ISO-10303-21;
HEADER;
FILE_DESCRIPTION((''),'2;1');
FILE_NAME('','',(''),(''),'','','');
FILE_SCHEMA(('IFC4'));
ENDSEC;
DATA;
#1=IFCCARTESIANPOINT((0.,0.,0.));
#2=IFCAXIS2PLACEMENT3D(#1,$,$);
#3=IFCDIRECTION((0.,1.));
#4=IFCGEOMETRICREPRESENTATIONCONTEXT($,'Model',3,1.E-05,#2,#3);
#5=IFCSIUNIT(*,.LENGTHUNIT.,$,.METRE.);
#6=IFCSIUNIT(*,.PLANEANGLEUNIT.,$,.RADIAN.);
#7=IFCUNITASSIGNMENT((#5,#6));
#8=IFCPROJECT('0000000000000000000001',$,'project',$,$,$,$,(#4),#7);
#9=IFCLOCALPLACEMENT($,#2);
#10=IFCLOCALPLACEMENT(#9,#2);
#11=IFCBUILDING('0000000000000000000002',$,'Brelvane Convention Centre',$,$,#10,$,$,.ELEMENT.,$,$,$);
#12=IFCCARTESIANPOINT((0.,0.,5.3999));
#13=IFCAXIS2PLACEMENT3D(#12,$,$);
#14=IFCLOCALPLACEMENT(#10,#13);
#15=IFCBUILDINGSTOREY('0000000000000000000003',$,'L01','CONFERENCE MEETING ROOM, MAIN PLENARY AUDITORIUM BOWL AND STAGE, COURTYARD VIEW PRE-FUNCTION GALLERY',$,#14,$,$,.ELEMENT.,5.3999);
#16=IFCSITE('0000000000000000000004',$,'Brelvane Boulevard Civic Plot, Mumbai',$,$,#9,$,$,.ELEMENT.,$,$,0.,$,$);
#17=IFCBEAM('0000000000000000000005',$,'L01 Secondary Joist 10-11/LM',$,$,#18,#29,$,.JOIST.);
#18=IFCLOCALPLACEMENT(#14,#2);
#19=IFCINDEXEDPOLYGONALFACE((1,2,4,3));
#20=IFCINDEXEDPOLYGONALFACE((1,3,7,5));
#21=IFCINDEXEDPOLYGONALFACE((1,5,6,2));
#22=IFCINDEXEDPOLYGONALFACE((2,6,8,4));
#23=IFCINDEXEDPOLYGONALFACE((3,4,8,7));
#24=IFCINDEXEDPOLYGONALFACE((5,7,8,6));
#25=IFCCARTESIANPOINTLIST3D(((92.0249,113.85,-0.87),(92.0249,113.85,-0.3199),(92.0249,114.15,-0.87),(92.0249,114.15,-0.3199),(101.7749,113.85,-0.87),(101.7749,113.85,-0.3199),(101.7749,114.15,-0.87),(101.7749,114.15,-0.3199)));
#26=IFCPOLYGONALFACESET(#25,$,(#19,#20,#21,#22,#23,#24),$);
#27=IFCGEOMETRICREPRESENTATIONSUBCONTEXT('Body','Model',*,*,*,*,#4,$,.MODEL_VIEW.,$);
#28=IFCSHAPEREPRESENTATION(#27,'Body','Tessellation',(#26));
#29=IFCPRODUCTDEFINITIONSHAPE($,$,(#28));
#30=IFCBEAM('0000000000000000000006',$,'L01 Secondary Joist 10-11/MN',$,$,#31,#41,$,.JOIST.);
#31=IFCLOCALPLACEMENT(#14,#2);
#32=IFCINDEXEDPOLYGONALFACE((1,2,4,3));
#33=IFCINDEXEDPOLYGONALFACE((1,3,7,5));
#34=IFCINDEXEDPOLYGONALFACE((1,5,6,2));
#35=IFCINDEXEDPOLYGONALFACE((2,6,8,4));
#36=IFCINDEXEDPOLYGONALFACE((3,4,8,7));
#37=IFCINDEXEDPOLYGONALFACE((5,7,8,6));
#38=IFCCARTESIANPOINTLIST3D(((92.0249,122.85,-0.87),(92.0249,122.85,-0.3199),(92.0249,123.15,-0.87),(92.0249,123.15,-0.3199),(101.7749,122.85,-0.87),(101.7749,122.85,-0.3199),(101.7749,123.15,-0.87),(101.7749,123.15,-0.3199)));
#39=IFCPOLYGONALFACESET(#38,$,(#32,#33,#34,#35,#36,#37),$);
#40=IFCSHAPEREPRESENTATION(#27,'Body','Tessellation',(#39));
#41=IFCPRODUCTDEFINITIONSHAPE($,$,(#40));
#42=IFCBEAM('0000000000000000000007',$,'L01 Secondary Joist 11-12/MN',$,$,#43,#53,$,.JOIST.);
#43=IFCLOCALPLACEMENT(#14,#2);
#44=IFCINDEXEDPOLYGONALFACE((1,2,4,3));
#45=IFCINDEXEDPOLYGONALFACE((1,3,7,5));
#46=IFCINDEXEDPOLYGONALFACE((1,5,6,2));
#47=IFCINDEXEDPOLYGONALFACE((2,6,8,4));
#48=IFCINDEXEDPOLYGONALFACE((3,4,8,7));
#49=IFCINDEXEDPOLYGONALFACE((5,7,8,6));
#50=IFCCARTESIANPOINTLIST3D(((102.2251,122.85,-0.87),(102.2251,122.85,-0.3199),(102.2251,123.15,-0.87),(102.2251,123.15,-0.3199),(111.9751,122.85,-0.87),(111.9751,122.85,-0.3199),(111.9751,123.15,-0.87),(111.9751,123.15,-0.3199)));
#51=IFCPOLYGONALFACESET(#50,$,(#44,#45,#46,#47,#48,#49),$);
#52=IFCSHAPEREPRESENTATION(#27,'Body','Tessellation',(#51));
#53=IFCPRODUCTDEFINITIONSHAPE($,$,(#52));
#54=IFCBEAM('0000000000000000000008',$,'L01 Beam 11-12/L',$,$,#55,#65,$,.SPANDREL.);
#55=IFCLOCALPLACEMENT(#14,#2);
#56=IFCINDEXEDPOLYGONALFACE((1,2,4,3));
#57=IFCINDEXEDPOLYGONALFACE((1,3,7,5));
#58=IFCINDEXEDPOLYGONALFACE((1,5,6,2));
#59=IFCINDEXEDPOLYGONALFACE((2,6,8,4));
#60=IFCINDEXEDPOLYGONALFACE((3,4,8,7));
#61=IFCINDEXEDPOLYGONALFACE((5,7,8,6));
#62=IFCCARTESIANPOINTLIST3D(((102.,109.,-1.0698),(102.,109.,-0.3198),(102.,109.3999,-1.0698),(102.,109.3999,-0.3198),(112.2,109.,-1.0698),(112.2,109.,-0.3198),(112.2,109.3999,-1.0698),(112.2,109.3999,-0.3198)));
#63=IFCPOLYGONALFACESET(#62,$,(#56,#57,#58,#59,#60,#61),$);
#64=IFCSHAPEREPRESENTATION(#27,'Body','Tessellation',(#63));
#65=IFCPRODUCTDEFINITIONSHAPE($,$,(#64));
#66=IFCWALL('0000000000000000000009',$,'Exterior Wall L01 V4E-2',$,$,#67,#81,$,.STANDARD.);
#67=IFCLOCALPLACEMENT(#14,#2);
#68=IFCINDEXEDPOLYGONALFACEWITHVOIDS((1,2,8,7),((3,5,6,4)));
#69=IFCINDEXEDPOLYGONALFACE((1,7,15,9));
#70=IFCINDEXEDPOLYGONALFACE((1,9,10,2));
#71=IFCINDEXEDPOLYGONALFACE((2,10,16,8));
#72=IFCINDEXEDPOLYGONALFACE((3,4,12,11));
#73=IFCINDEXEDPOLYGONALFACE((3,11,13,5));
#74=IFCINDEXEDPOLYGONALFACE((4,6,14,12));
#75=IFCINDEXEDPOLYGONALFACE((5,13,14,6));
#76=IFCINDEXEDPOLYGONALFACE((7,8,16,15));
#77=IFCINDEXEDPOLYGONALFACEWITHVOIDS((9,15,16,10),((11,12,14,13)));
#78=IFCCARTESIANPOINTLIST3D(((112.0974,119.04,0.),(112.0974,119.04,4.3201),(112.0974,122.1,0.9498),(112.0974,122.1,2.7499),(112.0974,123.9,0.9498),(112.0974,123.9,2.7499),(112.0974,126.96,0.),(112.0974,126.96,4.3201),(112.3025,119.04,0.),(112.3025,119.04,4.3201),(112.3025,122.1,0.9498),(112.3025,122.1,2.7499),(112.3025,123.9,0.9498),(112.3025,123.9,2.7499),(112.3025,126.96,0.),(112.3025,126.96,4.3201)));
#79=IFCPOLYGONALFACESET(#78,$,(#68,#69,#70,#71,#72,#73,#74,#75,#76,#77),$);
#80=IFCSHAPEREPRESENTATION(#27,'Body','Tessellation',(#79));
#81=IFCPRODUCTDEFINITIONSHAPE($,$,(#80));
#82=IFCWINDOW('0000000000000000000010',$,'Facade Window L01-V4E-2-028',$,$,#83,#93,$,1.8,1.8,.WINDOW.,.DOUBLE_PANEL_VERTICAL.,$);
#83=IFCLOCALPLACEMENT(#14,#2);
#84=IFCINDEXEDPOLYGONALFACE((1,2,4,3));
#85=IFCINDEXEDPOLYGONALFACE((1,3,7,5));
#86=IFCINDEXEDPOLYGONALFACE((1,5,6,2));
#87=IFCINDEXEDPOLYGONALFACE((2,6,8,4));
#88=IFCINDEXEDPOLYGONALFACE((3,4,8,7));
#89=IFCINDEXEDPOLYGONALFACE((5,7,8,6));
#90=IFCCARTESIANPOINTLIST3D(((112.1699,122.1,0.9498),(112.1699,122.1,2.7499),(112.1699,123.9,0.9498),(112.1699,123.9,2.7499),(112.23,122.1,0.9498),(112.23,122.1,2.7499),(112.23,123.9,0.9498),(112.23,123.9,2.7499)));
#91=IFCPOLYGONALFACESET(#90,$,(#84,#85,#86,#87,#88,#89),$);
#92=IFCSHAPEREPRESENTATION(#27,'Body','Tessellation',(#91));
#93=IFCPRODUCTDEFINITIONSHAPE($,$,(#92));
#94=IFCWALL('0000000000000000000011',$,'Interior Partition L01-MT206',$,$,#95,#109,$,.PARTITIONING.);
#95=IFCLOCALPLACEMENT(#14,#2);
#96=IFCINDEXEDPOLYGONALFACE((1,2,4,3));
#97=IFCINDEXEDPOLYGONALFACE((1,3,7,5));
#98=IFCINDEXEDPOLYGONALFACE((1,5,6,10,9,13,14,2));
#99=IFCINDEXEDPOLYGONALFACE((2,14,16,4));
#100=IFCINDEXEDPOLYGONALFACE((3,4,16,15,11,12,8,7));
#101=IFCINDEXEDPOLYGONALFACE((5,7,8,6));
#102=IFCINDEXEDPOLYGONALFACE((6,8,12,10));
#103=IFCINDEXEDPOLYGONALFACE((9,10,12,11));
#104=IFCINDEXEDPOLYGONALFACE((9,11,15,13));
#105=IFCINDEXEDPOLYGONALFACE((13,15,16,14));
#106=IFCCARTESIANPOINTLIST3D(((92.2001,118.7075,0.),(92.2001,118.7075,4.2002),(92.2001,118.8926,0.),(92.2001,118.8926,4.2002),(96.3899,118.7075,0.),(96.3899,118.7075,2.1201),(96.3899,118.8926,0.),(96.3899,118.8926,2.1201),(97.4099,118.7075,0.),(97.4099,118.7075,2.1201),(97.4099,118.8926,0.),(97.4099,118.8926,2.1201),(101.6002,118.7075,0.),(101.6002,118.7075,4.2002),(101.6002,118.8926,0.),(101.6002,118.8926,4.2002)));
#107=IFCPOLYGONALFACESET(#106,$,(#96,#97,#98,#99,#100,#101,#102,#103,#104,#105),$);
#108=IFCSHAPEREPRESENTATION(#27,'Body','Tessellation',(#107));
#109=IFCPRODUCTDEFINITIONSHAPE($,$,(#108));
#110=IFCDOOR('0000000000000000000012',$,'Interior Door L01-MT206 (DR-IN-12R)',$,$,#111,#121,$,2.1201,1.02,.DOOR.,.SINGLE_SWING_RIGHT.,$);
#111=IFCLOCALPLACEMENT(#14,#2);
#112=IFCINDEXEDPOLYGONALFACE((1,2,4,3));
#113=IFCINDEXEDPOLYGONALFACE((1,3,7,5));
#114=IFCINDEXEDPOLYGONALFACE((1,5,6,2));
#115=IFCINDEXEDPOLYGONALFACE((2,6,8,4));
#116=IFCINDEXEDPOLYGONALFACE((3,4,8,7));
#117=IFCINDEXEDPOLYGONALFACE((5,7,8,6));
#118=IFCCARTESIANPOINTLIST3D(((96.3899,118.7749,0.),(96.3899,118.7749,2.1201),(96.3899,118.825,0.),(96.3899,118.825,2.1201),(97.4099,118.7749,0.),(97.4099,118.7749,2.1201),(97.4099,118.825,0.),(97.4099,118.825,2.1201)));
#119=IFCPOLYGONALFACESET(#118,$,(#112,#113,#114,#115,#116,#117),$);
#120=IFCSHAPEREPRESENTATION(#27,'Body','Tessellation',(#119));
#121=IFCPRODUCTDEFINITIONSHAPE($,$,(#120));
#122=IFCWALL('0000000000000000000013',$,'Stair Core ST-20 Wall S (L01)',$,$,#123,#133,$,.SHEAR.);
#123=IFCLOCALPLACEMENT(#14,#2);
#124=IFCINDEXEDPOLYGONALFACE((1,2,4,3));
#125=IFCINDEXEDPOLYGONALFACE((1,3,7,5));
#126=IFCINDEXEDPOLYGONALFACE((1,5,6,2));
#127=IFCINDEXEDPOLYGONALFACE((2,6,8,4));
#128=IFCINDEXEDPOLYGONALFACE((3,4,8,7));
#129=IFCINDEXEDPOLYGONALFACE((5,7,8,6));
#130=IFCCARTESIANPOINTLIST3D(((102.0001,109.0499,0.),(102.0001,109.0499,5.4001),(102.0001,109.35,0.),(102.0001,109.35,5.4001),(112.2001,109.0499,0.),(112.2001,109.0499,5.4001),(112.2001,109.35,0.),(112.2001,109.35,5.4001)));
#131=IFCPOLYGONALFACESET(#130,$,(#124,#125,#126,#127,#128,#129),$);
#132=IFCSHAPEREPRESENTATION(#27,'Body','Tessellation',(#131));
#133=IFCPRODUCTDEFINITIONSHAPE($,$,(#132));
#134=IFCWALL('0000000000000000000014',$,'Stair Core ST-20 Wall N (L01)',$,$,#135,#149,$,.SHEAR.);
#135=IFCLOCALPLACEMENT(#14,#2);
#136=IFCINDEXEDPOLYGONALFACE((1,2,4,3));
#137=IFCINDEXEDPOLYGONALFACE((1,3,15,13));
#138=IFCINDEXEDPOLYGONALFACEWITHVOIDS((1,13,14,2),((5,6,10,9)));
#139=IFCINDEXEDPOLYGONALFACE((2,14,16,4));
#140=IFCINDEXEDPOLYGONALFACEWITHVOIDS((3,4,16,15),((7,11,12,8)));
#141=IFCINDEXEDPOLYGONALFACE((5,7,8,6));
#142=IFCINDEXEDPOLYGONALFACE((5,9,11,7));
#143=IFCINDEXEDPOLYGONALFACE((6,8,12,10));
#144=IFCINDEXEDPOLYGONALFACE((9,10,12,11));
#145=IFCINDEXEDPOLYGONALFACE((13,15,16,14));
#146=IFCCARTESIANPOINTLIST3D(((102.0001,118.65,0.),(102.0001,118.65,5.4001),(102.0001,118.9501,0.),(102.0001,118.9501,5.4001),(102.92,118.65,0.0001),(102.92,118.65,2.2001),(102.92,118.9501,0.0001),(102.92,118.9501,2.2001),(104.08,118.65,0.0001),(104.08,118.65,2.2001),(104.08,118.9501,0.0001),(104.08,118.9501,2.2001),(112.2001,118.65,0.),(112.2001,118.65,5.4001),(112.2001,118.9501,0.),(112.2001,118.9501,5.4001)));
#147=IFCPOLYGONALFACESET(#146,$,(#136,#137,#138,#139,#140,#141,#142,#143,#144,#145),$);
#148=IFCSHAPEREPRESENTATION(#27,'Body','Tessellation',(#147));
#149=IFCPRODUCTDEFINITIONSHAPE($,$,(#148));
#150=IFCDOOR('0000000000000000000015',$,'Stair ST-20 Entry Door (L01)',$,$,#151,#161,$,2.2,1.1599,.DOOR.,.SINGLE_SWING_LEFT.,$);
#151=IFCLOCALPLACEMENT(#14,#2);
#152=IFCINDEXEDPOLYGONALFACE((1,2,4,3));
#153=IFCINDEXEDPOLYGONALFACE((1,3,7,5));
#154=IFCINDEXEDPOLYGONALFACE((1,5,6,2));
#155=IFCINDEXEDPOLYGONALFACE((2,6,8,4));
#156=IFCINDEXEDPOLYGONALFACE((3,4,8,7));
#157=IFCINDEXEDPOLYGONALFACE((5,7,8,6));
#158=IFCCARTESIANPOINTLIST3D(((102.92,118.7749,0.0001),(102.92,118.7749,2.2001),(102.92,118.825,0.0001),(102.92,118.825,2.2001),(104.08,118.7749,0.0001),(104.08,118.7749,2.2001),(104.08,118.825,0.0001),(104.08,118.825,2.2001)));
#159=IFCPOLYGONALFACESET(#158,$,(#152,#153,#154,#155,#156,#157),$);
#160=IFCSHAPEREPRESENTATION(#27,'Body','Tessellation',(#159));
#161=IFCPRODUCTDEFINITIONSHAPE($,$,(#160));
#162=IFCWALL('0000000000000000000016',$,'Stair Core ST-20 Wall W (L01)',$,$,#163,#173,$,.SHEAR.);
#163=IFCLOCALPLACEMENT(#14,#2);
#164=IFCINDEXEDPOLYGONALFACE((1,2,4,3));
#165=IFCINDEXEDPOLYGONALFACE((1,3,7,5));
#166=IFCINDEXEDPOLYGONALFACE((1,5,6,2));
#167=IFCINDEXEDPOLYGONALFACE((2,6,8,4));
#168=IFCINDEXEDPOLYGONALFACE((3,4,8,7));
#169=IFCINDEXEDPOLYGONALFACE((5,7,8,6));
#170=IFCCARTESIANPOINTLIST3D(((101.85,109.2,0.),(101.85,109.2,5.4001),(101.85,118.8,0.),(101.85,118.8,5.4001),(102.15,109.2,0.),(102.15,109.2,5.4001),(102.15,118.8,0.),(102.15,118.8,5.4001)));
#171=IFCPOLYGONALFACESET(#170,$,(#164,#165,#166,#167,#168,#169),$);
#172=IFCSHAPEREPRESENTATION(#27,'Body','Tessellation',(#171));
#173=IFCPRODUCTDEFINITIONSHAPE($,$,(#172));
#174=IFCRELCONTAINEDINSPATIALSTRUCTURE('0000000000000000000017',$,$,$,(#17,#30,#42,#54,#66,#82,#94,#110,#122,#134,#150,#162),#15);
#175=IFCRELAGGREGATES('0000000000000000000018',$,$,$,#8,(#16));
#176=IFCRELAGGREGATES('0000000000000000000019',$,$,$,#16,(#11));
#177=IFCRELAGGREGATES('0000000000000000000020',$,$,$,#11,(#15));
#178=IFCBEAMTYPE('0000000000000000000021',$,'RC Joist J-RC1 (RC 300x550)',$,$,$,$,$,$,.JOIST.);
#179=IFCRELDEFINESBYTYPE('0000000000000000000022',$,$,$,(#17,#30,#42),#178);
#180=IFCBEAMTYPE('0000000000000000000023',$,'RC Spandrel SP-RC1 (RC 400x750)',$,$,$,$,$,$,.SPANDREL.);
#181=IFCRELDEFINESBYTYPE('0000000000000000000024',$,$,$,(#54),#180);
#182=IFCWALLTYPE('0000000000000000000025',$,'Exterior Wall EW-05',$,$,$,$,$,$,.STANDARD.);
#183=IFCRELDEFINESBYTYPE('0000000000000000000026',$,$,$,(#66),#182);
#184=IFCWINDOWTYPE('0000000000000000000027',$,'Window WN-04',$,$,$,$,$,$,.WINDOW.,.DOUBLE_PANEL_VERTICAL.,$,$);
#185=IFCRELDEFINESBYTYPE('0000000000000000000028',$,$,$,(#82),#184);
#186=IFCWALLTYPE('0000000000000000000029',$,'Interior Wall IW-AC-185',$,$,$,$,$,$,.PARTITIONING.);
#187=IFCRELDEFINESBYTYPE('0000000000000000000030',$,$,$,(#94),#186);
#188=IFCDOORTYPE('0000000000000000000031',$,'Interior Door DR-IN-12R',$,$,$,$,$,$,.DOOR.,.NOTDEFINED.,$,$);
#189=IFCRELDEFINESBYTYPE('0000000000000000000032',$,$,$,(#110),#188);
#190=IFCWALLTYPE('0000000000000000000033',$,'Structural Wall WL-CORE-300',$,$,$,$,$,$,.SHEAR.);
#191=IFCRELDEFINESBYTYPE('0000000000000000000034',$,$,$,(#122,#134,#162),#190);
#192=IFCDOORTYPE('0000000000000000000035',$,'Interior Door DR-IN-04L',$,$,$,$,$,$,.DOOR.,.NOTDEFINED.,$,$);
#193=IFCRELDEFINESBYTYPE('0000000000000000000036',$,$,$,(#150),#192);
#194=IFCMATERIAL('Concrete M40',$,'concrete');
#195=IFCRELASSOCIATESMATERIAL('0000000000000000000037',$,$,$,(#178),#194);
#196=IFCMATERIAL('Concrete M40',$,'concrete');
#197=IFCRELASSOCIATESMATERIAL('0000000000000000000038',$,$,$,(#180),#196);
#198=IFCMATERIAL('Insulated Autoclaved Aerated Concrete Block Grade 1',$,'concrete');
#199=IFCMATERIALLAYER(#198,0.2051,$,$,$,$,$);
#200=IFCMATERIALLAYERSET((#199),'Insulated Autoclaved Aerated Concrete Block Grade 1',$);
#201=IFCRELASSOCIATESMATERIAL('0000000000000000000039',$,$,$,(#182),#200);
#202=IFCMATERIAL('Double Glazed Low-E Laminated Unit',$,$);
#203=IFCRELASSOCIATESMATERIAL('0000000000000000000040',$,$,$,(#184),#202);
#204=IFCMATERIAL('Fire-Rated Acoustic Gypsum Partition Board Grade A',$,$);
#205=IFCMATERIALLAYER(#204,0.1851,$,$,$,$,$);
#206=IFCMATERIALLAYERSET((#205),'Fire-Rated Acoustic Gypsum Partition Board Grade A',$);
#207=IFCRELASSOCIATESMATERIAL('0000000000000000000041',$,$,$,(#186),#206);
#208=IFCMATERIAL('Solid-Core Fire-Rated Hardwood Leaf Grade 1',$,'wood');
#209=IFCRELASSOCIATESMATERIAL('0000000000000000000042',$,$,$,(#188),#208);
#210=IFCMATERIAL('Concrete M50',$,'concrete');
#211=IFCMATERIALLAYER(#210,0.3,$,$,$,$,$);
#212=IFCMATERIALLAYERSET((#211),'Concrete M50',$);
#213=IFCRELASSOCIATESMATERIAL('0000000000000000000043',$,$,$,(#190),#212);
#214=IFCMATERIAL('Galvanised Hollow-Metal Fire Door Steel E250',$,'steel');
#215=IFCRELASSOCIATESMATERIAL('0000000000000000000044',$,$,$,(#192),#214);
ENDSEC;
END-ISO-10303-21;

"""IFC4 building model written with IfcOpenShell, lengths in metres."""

from ifc_helpers import new_model, si_unit, direction, frame, frame_2d, origin, origin_2d, place, context, subcontext, project, spatial, rectangle, extrude, material, layer, layer_set, material_profile, profile_set, type_object, element, fill, save


model = new_model("IFC4")

# Units and contexts
model_context = context("Model", 3, precision=1e-05, world=origin(), true_north=direction((0.0, 1.0)))
body_context = subcontext(model_context, "Body", "Model", "MODEL_VIEW")
ifc_project = project(units=[si_unit("LENGTHUNIT", "METRE"), si_unit("PLANEANGLEUNIT", "RADIAN")], contexts=[model_context])

# Site, building, storey
site_placement = place(None, origin())
site = spatial("IfcSite", under=ifc_project, at=site_placement, Name="Brelvane Boulevard Civic Plot, Mumbai", CompositionType="ELEMENT", RefElevation=0.0)
building_placement = place(site_placement, origin())
building = spatial("IfcBuilding", under=site, at=building_placement, Name="Brelvane Convention Centre", CompositionType="ELEMENT")
storey_placement = place(building_placement, frame((0.0, 0.0, 5.3999)))
storey = spatial("IfcBuildingStorey", under=building, at=storey_placement, Name="L01", Description="CONFERENCE MEETING ROOM, MAIN PLENARY AUDITORIUM BOWL AND STAGE, COURTYARD VIEW PRE-FUNCTION GALLERY", CompositionType="ELEMENT", Elevation=5.3999)

# Beams
ifc_material_1 = material(Name="Concrete M40", Category="concrete")
ifc_material_profile_1 = material_profile(ifc_material_1, rectangle(XDim=0.3, YDim=0.55, at=origin_2d()), Name="RC 300x550")
ifc_profile_set_1 = profile_set([ifc_material_profile_1], Name="Concrete M40")
beam_type_1 = type_object("IfcBeamType", Name="RC Joist J-RC1 (RC 300x550)", PredefinedType="JOIST", material=ifc_profile_set_1)
for number, where, z_axis, x_axis, name in (
    (1, (92.0249, 114.0, -0.595), (1.0, 0.0, 0.0), (0.0, 1.0, 0.0), "L01 Secondary Joist 10-11/LM"),
    (2, (92.0249, 123.0, -0.595), (1.0, 0.0, 0.0), (0.0, 1.0, 0.0), "L01 Secondary Joist 10-11/MN"),
    (3, (102.2251, 123.0, -0.595), (1.0, 0.0, 0.0), (0.0, 1.0, 0.0), "L01 Secondary Joist 11-12/MN"),
):
    element("IfcBeam", number, at=place(storey_placement, frame(where, z_axis=z_axis, x_axis=x_axis)), inside=storey, type_object=beam_type_1, Name=name, PredefinedType="JOIST", context=body_context, shape_type="SweptSolid", body=[
        extrude(rectangle(XDim=0.3, YDim=0.55, at=origin_2d()), origin(), (0.0, 0.0, 1.0), 9.75),
    ])
ifc_material_2 = material(Name="Concrete M40", Category="concrete")
ifc_material_profile_2 = material_profile(ifc_material_2, rectangle(XDim=0.3999, YDim=0.75, at=origin_2d()), Name="RC 400x750")
ifc_profile_set_2 = profile_set([ifc_material_profile_2], Name="Concrete M40")
beam_type_2 = type_object("IfcBeamType", Name="RC Spandrel SP-RC1 (RC 400x750)", PredefinedType="SPANDREL", material=ifc_profile_set_2)
beam_1_placement = place(storey_placement, frame((102.0, 109.2, -0.6948), z_axis=(1.0, 0.0, 0.0), x_axis=(0.0, 1.0, 0.0)))
element("IfcBeam", 4, at=beam_1_placement, inside=storey, type_object=beam_type_2, Name="L01 Beam 11-12/L", PredefinedType="SPANDREL", context=body_context, shape_type="SweptSolid", body=[
    extrude(rectangle(XDim=0.3999, YDim=0.75, at=origin_2d()), origin(), (0.0, 0.0, 1.0), 10.2),
])

# Wall, opening, window
ifc_material_3 = material(Name="Insulated Autoclaved Aerated Concrete Block Grade 1", Category="concrete")
ifc_layer_1 = layer(ifc_material_3, 0.2051)
ifc_layer_set_1 = layer_set([ifc_layer_1], Name="Insulated Autoclaved Aerated Concrete Block Grade 1")
wall_type_1 = type_object("IfcWallType", Name="Exterior Wall EW-05", PredefinedType="STANDARD", material=ifc_layer_set_1)
wall_1_placement = place(storey_placement, frame((112.2, 119.04, 0.0), z_axis=(0.0, 0.0, 1.0), x_axis=(0.0, 1.0, 0.0)))
wall_1 = element("IfcWall", 5, at=wall_1_placement, inside=storey, type_object=wall_type_1, Name="Exterior Wall L01 V4E-2", PredefinedType="STANDARD", context=body_context, shape_type="SweptSolid", body=[
    extrude(rectangle(XDim=7.9199, YDim=0.2051, at=frame_2d((3.96, 0.0))), origin(), (0.0, 0.0, 1.0), 4.3201),
])
opening_1_placement = place(wall_1_placement, frame((3.0601, 0.0, 0.95)))
opening_1 = element("IfcOpeningElement", 6, at=opening_1_placement, cuts=wall_1, PredefinedType="OPENING", context=body_context, shape_type="SweptSolid", body=[
    extrude(rectangle(XDim=1.8, YDim=1.8, at=frame_2d((0.8999, 0.8999))), frame((0.0, 0.1125, 0.0), z_axis=(0.0, -1.0, 0.0), x_axis=(1.0, 0.0, 0.0)), (0.0, 0.0, 1.0), 0.2251),
])
ifc_material_4 = material(Name="Double Glazed Low-E Laminated Unit")
window_type = type_object("IfcWindowType", Name="Window WN-04", PartitioningType="DOUBLE_PANEL_VERTICAL", PredefinedType="WINDOW", material=ifc_material_4)
window_placement = place(opening_1_placement, origin())
window = element("IfcWindow", 7, at=window_placement, inside=storey, type_object=window_type, Name="Facade Window L01-V4E-2-028", OverallHeight=1.8, OverallWidth=1.8, PartitioningType="DOUBLE_PANEL_VERTICAL", PredefinedType="WINDOW", context=body_context, shape_type="SweptSolid", body=[
    extrude(rectangle(XDim=1.8, YDim=1.8, at=frame_2d((0.8999, 0.8999))), frame((0.0, 0.03, 0.0), z_axis=(0.0, -1.0, 0.0), x_axis=(1.0, 0.0, 0.0)), (0.0, 0.0, 1.0), 0.0601),
])
fill(opening_1, window)

# Wall, opening, door
ifc_material_5 = material(Name="Fire-Rated Acoustic Gypsum Partition Board Grade A")
ifc_layer_2 = layer(ifc_material_5, 0.1851)
ifc_layer_set_2 = layer_set([ifc_layer_2], Name="Fire-Rated Acoustic Gypsum Partition Board Grade A")
wall_type_2 = type_object("IfcWallType", Name="Interior Wall IW-AC-185", PredefinedType="PARTITIONING", material=ifc_layer_set_2)
wall_2_placement = place(storey_placement, frame((92.2, 118.8, 0.0), z_axis=(0.0, 0.0, 1.0), x_axis=(1.0, 0.0, 0.0)))
wall_2 = element("IfcWall", 8, at=wall_2_placement, inside=storey, type_object=wall_type_2, Name="Interior Partition L01-MT206", PredefinedType="PARTITIONING", context=body_context, shape_type="SweptSolid", body=[
    extrude(rectangle(XDim=9.4001, YDim=0.1851, at=frame_2d((4.7002, 0.0))), origin(), (0.0, 0.0, 1.0), 4.2002),
])
opening_2_placement = place(wall_2_placement, frame((4.1899, 0.0, 0.0)))
opening_2 = element("IfcOpeningElement", 9, at=opening_2_placement, cuts=wall_2, PredefinedType="OPENING", context=body_context, shape_type="SweptSolid", body=[
    extrude(rectangle(XDim=1.02, YDim=2.1201, at=frame_2d((0.51, 1.0601))), frame((0.0, 0.1025, 0.0), z_axis=(0.0, -1.0, 0.0), x_axis=(1.0, 0.0, 0.0)), (0.0, 0.0, 1.0), 0.2051),
])
ifc_material_6 = material(Name="Solid-Core Fire-Rated Hardwood Leaf Grade 1", Category="wood")
door_type_1 = type_object("IfcDoorType", Name="Interior Door DR-IN-12R", OperationType="NOTDEFINED", PredefinedType="DOOR", material=ifc_material_6)
door_1_placement = place(opening_2_placement, origin())
door_1 = element("IfcDoor", 10, at=door_1_placement, inside=storey, type_object=door_type_1, Name="Interior Door L01-MT206 (DR-IN-12R)", OperationType="SINGLE_SWING_RIGHT", OverallHeight=2.1201, OverallWidth=1.02, PredefinedType="DOOR", context=body_context, shape_type="SweptSolid", body=[
    extrude(rectangle(XDim=1.02, YDim=2.1201, at=frame_2d((0.51, 1.0601))), frame((0.0, 0.0249, 0.0), z_axis=(0.0, -1.0, 0.0), x_axis=(1.0, 0.0, 0.0)), (0.0, 0.0, 1.0), 0.05),
])
fill(opening_2, door_1)

# Wall
ifc_material_7 = material(Name="Concrete M50", Category="concrete")
ifc_layer_3 = layer(ifc_material_7, 0.3)
ifc_layer_set_3 = layer_set([ifc_layer_3], Name="Concrete M50")
wall_type_3 = type_object("IfcWallType", Name="Structural Wall WL-CORE-300", PredefinedType="SHEAR", material=ifc_layer_set_3)
wall_3_placement = place(storey_placement, frame((102.0, 109.2, 0.0), z_axis=(0.0, 0.0, 1.0), x_axis=(1.0, 0.0, 0.0)))
element("IfcWall", 11, at=wall_3_placement, inside=storey, type_object=wall_type_3, Name="Stair Core ST-20 Wall S (L01)", PredefinedType="SHEAR", context=body_context, shape_type="SweptSolid", body=[
    extrude(rectangle(XDim=10.2, YDim=0.3, at=frame_2d((5.1001, 0.0))), origin(), (0.0, 0.0, 1.0), 5.4001),
])

# Wall, opening, door
wall_4_placement = place(storey_placement, frame((102.0, 118.8, 0.0), z_axis=(0.0, 0.0, 1.0), x_axis=(1.0, 0.0, 0.0)))
wall_4 = element("IfcWall", 12, at=wall_4_placement, inside=storey, type_object=wall_type_3, Name="Stair Core ST-20 Wall N (L01)", PredefinedType="SHEAR", context=body_context, shape_type="SweptSolid", body=[
    extrude(rectangle(XDim=10.2, YDim=0.3, at=frame_2d((5.1001, 0.0))), origin(), (0.0, 0.0, 1.0), 5.4001),
])
opening_3_placement = place(wall_4_placement, frame((0.9199, 0.0, 0.0)))
opening_3 = element("IfcOpeningElement", 13, at=opening_3_placement, cuts=wall_4, PredefinedType="OPENING", context=body_context, shape_type="SweptSolid", body=[
    extrude(rectangle(XDim=1.1599, YDim=2.2, at=frame_2d((0.5801, 1.1001))), frame((0.0, 0.1599, 0.0), z_axis=(0.0, -1.0, 0.0), x_axis=(1.0, 0.0, 0.0)), (0.0, 0.0, 1.0), 0.3201),
])
ifc_material_8 = material(Name="Galvanised Hollow-Metal Fire Door Steel E250", Category="steel")
door_type_2 = type_object("IfcDoorType", Name="Interior Door DR-IN-04L", OperationType="NOTDEFINED", PredefinedType="DOOR", material=ifc_material_8)
door_2_placement = place(opening_3_placement, origin())
door_2 = element("IfcDoor", 14, at=door_2_placement, inside=storey, type_object=door_type_2, Name="Stair ST-20 Entry Door (L01)", OperationType="SINGLE_SWING_LEFT", OverallHeight=2.2, OverallWidth=1.1599, PredefinedType="DOOR", context=body_context, shape_type="SweptSolid", body=[
    extrude(rectangle(XDim=1.1599, YDim=2.2, at=frame_2d((0.5801, 1.1001))), frame((0.0, 0.0249, 0.0), z_axis=(0.0, -1.0, 0.0), x_axis=(1.0, 0.0, 0.0)), (0.0, 0.0, 1.0), 0.05),
])
fill(opening_3, door_2)

# Wall
for number, where, z_axis, x_axis, name in (
    (15, (102.0, 109.2, 0.0), (0.0, 0.0, 1.0), (0.0, 1.0, 0.0), "Stair Core ST-20 Wall W (L01)"),
):
    element("IfcWall", number, at=place(storey_placement, frame(where, z_axis=z_axis, x_axis=x_axis)), inside=storey, type_object=wall_type_3, Name=name, PredefinedType="SHEAR", context=body_context, shape_type="SweptSolid", body=[
        extrude(rectangle(XDim=9.6001, YDim=0.3, at=frame_2d((4.8, 0.0))), origin(), (0.0, 0.0, 1.0), 5.4001),
    ])

save(model, "model.ifc")
